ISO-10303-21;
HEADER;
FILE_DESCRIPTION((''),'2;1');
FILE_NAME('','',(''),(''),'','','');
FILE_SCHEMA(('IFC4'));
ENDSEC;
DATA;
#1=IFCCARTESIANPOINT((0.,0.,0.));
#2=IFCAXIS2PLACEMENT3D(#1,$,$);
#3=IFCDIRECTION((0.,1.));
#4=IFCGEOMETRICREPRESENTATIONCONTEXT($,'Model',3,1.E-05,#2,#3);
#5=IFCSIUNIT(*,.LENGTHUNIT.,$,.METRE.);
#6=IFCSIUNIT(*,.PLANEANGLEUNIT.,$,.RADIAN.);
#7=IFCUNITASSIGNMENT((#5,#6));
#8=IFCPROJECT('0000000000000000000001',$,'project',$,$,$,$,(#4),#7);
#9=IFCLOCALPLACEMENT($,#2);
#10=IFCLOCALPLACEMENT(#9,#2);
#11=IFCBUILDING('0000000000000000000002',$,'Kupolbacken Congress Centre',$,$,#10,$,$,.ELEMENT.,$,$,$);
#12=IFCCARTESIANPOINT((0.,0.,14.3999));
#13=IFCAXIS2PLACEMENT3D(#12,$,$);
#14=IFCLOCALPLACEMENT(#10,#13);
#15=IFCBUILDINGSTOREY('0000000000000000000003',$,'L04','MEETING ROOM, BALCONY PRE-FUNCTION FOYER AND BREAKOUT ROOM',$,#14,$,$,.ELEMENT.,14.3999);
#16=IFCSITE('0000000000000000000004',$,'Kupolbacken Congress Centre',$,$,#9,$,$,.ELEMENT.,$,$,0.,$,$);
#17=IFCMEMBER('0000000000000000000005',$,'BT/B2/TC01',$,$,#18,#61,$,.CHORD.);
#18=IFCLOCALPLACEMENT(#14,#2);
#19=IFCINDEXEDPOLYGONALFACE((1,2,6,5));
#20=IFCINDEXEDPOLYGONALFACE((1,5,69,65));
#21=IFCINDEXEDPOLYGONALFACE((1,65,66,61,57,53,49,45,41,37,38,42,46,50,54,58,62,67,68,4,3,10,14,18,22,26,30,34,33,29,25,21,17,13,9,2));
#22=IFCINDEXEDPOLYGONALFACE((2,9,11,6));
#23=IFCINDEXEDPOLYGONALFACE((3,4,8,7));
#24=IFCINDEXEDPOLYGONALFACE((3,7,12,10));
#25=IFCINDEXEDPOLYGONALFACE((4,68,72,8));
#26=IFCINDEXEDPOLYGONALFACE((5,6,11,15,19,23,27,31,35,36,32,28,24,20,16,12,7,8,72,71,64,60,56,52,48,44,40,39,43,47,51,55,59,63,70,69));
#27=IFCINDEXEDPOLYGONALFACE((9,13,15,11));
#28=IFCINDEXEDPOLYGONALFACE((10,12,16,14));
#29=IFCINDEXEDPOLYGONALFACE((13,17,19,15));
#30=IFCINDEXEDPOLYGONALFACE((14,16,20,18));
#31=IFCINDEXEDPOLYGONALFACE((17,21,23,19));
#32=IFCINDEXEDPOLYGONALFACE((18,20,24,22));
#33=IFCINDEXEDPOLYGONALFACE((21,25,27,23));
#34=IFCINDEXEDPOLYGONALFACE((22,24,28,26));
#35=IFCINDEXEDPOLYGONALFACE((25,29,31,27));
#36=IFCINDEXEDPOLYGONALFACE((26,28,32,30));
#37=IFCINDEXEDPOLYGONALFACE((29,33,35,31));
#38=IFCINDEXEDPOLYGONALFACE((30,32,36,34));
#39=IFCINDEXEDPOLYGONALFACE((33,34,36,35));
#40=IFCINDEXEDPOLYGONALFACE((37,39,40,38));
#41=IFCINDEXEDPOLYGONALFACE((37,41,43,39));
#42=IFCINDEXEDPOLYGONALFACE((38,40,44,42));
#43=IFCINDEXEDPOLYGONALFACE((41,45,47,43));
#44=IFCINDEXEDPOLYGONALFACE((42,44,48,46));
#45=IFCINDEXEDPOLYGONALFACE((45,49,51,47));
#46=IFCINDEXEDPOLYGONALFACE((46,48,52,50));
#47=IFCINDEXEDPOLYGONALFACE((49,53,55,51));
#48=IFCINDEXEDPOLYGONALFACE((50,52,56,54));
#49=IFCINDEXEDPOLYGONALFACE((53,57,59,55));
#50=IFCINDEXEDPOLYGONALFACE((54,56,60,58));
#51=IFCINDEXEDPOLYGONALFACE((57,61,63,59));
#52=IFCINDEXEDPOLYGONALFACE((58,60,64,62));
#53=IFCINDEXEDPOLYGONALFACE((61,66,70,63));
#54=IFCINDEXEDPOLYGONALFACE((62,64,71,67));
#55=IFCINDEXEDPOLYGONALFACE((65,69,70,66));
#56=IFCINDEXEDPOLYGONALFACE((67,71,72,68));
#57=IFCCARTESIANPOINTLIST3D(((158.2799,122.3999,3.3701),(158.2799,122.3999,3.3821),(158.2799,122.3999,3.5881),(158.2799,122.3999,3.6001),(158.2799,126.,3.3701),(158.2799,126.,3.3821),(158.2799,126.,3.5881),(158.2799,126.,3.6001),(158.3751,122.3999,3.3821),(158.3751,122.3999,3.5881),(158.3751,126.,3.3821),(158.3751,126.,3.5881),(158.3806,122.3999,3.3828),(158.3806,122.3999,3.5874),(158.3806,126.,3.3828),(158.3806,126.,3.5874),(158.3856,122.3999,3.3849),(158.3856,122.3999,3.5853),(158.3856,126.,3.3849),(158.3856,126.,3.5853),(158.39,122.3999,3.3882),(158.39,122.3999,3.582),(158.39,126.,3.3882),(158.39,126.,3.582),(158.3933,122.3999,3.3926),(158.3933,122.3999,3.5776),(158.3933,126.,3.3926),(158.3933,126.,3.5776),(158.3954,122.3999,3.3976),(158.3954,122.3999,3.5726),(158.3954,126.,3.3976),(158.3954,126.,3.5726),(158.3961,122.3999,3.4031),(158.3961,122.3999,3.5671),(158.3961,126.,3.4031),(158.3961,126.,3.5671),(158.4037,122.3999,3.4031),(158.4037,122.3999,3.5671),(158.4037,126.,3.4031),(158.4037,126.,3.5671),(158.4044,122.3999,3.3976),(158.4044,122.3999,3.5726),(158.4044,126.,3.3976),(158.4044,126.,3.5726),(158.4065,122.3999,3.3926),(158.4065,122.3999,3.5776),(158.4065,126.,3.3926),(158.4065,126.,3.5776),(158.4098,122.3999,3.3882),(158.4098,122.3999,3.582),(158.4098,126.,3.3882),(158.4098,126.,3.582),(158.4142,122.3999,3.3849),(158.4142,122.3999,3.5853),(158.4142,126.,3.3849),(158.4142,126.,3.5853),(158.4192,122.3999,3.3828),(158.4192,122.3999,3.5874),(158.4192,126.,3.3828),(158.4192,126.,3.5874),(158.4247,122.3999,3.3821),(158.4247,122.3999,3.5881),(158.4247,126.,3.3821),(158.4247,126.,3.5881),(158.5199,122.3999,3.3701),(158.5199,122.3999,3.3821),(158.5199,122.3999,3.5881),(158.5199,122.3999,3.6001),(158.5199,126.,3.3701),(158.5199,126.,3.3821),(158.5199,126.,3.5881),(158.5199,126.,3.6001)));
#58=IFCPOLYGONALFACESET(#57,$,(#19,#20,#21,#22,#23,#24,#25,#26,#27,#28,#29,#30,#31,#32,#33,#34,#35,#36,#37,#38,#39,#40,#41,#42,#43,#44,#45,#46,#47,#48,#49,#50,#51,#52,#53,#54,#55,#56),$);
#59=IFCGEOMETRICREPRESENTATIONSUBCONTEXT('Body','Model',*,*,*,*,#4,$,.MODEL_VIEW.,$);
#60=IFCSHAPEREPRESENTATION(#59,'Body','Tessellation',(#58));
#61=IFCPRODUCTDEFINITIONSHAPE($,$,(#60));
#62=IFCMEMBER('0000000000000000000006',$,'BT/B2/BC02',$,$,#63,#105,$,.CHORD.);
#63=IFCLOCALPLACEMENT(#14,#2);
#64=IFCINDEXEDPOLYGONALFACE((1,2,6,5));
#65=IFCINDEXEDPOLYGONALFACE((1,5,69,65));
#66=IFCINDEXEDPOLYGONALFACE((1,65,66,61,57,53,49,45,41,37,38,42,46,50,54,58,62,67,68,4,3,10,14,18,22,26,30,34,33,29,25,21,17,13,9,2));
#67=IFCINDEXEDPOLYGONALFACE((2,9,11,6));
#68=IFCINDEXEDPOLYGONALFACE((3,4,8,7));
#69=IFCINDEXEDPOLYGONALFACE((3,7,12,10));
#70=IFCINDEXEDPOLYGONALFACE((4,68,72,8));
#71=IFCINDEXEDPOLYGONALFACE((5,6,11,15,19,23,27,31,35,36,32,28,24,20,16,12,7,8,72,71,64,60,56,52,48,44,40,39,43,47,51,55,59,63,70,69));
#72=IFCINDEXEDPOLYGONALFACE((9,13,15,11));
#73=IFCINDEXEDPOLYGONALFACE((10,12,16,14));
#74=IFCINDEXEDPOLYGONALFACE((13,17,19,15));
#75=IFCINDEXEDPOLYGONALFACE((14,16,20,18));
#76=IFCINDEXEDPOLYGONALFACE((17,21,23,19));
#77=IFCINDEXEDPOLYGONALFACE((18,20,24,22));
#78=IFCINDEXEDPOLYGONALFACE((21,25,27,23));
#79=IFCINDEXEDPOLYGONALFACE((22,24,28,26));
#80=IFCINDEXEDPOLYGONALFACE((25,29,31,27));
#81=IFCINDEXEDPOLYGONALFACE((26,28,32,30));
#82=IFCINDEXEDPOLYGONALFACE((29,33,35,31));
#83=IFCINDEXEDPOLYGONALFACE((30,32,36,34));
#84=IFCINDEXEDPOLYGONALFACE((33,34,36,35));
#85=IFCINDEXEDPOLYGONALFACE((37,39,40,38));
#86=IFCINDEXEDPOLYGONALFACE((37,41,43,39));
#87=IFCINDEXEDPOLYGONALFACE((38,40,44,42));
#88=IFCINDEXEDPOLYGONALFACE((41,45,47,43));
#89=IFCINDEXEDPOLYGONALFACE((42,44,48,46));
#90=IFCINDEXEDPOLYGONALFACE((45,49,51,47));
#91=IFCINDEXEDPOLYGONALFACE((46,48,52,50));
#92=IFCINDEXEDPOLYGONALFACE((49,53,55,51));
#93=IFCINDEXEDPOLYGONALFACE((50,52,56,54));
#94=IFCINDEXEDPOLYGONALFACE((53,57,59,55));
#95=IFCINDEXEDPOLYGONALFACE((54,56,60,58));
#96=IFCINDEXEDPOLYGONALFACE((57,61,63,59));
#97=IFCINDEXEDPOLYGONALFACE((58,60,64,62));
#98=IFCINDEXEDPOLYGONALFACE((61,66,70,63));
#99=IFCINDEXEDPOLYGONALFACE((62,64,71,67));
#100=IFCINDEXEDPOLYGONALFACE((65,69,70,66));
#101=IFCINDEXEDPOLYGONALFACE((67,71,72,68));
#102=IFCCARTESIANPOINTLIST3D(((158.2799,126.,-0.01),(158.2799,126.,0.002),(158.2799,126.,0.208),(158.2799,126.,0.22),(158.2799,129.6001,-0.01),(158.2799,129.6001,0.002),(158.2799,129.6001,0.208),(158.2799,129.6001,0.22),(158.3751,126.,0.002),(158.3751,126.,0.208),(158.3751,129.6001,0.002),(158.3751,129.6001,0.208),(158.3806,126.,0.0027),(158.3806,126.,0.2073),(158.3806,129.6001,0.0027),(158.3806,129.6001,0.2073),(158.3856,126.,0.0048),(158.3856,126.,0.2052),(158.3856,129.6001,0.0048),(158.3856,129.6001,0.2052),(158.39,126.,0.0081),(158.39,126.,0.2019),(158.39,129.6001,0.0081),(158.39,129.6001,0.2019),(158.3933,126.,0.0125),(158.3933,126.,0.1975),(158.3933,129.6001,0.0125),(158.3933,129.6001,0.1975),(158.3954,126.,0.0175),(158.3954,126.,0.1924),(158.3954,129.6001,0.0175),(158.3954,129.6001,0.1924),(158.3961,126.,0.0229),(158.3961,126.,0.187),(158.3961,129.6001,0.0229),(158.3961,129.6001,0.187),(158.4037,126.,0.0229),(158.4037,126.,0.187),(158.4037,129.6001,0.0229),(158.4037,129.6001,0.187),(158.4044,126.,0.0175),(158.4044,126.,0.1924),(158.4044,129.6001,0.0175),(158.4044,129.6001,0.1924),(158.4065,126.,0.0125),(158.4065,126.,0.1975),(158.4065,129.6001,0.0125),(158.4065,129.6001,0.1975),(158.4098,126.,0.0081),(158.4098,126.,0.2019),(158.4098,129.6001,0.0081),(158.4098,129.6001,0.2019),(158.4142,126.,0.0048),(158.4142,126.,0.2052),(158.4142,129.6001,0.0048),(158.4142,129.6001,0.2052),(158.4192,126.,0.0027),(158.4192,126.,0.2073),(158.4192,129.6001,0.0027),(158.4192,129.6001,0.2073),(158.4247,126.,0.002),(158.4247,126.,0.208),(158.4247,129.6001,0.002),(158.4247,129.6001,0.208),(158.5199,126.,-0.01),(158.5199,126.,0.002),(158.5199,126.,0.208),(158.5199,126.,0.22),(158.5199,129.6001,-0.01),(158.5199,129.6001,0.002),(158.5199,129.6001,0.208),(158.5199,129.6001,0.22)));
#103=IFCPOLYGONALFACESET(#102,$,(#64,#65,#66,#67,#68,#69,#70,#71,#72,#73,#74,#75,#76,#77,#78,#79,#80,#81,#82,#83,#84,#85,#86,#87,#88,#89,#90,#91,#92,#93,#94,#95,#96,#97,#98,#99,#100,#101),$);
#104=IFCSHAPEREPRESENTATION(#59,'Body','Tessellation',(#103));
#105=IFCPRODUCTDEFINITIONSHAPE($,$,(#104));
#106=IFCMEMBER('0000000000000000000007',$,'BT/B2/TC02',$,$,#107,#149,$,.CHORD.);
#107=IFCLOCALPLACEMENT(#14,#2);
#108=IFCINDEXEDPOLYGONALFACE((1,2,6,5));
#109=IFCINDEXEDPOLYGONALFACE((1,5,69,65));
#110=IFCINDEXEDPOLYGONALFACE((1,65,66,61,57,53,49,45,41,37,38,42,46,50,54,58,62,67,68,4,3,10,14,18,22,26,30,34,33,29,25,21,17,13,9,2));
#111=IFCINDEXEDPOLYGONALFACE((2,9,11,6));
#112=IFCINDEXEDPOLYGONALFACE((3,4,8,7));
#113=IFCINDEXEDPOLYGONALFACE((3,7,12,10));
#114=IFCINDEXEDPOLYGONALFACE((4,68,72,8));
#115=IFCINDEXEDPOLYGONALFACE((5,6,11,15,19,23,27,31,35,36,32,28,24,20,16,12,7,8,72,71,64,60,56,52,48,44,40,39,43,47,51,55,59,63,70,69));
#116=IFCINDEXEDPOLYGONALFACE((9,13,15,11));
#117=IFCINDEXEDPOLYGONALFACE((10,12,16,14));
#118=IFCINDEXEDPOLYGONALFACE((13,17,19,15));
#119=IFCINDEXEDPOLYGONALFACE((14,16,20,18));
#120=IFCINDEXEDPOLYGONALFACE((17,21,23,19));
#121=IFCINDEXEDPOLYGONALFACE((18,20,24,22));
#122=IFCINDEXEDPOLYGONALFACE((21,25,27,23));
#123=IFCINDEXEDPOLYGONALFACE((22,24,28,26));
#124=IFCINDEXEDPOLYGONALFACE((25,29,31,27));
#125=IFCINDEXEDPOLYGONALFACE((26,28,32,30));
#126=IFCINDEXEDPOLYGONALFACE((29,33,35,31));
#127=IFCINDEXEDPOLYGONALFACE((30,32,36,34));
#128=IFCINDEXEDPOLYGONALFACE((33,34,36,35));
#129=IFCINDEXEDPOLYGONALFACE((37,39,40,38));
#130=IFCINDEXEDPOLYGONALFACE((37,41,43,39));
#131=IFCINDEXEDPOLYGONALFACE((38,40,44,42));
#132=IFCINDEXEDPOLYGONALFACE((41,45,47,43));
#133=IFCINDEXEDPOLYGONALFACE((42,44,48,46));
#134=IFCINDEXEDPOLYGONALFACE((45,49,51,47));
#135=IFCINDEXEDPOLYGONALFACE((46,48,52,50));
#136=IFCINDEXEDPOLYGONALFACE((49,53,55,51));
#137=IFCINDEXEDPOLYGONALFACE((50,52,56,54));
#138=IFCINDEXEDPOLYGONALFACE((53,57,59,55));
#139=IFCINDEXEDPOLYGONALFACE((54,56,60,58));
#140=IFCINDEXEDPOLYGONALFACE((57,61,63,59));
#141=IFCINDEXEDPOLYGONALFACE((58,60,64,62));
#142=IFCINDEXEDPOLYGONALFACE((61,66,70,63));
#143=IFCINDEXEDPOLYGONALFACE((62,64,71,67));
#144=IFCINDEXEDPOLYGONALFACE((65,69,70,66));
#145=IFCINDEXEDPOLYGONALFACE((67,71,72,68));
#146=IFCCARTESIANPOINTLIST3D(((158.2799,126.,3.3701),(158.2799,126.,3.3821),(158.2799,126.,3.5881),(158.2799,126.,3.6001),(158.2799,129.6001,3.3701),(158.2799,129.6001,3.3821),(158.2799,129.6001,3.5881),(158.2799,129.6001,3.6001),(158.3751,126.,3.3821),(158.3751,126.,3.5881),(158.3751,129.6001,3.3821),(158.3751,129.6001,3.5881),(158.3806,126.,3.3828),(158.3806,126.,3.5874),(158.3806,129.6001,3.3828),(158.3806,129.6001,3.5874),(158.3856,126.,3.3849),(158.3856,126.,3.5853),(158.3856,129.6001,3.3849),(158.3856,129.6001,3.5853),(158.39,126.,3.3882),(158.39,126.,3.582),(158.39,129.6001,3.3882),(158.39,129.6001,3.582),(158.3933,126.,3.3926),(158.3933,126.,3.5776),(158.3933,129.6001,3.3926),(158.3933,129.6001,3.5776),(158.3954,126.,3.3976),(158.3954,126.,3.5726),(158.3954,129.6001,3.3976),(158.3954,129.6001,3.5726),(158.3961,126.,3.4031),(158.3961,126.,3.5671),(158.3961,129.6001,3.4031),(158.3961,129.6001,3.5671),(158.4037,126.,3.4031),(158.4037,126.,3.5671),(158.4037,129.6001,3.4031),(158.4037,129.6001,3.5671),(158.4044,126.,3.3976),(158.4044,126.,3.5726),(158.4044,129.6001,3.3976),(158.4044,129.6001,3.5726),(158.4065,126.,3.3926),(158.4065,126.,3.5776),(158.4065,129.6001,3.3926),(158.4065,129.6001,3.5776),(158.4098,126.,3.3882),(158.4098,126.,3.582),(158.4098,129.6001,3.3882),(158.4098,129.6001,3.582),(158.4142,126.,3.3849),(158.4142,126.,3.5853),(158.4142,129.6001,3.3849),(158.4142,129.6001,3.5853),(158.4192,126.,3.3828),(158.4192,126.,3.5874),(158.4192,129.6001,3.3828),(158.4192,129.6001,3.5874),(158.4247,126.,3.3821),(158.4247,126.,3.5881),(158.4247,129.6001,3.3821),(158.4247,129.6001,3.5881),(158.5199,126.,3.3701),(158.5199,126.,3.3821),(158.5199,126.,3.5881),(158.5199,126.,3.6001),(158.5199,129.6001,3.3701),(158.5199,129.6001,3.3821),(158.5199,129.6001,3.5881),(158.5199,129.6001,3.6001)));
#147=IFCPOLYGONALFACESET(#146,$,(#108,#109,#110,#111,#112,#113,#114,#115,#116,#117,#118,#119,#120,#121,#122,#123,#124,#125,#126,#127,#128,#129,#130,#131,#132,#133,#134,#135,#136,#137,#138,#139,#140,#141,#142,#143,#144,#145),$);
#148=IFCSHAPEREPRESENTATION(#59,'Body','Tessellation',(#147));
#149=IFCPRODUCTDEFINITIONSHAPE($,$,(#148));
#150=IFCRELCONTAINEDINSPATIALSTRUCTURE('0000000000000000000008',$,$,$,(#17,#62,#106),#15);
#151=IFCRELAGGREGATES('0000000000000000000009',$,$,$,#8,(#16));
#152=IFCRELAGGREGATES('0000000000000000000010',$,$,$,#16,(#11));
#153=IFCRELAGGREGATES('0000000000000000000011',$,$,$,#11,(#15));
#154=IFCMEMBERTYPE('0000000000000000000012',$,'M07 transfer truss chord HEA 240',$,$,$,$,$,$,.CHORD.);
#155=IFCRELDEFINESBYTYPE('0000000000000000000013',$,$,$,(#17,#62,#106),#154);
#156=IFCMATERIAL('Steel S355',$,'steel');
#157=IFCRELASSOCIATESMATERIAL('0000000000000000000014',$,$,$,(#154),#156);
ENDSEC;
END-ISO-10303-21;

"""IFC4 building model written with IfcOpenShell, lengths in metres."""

from ifc_helpers import new_model, si_unit, direction, frame, origin, origin_2d, place, context, subcontext, project, spatial, i_section, extrude, material, material_profile, profile_set, type_object, element, save


model = new_model("IFC4")

# Units and contexts
model_context = context("Model", 3, precision=1e-05, world=origin(), true_north=direction((0.0, 1.0)))
body_context = subcontext(model_context, "Body", "Model", "MODEL_VIEW")
ifc_project = project(units=[si_unit("LENGTHUNIT", "METRE"), si_unit("PLANEANGLEUNIT", "RADIAN")], contexts=[model_context])

# Site, building, storey
site_placement = place(None, origin())
site = spatial("IfcSite", under=ifc_project, at=site_placement, Name="Kupolbacken Congress Centre", CompositionType="ELEMENT", RefElevation=0.0)
building_placement = place(site_placement, origin())
building = spatial("IfcBuilding", under=site, at=building_placement, Name="Kupolbacken Congress Centre", CompositionType="ELEMENT")
storey_placement = place(building_placement, frame((0.0, 0.0, 14.3999)))
storey = spatial("IfcBuildingStorey", under=building, at=storey_placement, Name="L04", Description="MEETING ROOM, BALCONY PRE-FUNCTION FOYER AND BREAKOUT ROOM", CompositionType="ELEMENT", Elevation=14.3999)

# Members
ifc_material_1 = material(Name="Steel S355", Category="steel")
ifc_material_profile_1 = material_profile(ifc_material_1, i_section(OverallWidth=0.24, OverallDepth=0.23, WebThickness=0.0076, FlangeThickness=0.012, FilletRadius=0.021, at=origin_2d()), Name="HEA 240")
ifc_profile_set_1 = profile_set([ifc_material_profile_1], Name="Steel S355")
member_type_1 = type_object("IfcMemberType", Name="M07 transfer truss chord HEA 240", PredefinedType="CHORD", material=ifc_profile_set_1)
for number, where, z_axis, x_axis, name in (
    (1, (158.3999, 122.3999, 3.4851), (0.0, 1.0, 0.0), (-1.0, 0.0, 0.0), "BT/B2/TC01"),
    (2, (158.3999, 126.0, 0.105), (0.0, 1.0, 0.0), (-1.0, 0.0, 0.0), "BT/B2/BC02"),
    (3, (158.3999, 126.0, 3.4851), (0.0, 1.0, 0.0), (-1.0, 0.0, 0.0), "BT/B2/TC02"),
):
    element("IfcMember", number, at=place(storey_placement, frame(where, z_axis=z_axis, x_axis=x_axis)), inside=storey, type_object=member_type_1, Name=name, PredefinedType="CHORD", context=body_context, shape_type="SweptSolid", body=[
        extrude(i_section(OverallWidth=0.24, OverallDepth=0.23, WebThickness=0.0076, FlangeThickness=0.012, FilletRadius=0.021, at=origin_2d()), origin(), (0.0, 0.0, 1.0), 3.6001),
    ])

save(model, "model.ifc")
